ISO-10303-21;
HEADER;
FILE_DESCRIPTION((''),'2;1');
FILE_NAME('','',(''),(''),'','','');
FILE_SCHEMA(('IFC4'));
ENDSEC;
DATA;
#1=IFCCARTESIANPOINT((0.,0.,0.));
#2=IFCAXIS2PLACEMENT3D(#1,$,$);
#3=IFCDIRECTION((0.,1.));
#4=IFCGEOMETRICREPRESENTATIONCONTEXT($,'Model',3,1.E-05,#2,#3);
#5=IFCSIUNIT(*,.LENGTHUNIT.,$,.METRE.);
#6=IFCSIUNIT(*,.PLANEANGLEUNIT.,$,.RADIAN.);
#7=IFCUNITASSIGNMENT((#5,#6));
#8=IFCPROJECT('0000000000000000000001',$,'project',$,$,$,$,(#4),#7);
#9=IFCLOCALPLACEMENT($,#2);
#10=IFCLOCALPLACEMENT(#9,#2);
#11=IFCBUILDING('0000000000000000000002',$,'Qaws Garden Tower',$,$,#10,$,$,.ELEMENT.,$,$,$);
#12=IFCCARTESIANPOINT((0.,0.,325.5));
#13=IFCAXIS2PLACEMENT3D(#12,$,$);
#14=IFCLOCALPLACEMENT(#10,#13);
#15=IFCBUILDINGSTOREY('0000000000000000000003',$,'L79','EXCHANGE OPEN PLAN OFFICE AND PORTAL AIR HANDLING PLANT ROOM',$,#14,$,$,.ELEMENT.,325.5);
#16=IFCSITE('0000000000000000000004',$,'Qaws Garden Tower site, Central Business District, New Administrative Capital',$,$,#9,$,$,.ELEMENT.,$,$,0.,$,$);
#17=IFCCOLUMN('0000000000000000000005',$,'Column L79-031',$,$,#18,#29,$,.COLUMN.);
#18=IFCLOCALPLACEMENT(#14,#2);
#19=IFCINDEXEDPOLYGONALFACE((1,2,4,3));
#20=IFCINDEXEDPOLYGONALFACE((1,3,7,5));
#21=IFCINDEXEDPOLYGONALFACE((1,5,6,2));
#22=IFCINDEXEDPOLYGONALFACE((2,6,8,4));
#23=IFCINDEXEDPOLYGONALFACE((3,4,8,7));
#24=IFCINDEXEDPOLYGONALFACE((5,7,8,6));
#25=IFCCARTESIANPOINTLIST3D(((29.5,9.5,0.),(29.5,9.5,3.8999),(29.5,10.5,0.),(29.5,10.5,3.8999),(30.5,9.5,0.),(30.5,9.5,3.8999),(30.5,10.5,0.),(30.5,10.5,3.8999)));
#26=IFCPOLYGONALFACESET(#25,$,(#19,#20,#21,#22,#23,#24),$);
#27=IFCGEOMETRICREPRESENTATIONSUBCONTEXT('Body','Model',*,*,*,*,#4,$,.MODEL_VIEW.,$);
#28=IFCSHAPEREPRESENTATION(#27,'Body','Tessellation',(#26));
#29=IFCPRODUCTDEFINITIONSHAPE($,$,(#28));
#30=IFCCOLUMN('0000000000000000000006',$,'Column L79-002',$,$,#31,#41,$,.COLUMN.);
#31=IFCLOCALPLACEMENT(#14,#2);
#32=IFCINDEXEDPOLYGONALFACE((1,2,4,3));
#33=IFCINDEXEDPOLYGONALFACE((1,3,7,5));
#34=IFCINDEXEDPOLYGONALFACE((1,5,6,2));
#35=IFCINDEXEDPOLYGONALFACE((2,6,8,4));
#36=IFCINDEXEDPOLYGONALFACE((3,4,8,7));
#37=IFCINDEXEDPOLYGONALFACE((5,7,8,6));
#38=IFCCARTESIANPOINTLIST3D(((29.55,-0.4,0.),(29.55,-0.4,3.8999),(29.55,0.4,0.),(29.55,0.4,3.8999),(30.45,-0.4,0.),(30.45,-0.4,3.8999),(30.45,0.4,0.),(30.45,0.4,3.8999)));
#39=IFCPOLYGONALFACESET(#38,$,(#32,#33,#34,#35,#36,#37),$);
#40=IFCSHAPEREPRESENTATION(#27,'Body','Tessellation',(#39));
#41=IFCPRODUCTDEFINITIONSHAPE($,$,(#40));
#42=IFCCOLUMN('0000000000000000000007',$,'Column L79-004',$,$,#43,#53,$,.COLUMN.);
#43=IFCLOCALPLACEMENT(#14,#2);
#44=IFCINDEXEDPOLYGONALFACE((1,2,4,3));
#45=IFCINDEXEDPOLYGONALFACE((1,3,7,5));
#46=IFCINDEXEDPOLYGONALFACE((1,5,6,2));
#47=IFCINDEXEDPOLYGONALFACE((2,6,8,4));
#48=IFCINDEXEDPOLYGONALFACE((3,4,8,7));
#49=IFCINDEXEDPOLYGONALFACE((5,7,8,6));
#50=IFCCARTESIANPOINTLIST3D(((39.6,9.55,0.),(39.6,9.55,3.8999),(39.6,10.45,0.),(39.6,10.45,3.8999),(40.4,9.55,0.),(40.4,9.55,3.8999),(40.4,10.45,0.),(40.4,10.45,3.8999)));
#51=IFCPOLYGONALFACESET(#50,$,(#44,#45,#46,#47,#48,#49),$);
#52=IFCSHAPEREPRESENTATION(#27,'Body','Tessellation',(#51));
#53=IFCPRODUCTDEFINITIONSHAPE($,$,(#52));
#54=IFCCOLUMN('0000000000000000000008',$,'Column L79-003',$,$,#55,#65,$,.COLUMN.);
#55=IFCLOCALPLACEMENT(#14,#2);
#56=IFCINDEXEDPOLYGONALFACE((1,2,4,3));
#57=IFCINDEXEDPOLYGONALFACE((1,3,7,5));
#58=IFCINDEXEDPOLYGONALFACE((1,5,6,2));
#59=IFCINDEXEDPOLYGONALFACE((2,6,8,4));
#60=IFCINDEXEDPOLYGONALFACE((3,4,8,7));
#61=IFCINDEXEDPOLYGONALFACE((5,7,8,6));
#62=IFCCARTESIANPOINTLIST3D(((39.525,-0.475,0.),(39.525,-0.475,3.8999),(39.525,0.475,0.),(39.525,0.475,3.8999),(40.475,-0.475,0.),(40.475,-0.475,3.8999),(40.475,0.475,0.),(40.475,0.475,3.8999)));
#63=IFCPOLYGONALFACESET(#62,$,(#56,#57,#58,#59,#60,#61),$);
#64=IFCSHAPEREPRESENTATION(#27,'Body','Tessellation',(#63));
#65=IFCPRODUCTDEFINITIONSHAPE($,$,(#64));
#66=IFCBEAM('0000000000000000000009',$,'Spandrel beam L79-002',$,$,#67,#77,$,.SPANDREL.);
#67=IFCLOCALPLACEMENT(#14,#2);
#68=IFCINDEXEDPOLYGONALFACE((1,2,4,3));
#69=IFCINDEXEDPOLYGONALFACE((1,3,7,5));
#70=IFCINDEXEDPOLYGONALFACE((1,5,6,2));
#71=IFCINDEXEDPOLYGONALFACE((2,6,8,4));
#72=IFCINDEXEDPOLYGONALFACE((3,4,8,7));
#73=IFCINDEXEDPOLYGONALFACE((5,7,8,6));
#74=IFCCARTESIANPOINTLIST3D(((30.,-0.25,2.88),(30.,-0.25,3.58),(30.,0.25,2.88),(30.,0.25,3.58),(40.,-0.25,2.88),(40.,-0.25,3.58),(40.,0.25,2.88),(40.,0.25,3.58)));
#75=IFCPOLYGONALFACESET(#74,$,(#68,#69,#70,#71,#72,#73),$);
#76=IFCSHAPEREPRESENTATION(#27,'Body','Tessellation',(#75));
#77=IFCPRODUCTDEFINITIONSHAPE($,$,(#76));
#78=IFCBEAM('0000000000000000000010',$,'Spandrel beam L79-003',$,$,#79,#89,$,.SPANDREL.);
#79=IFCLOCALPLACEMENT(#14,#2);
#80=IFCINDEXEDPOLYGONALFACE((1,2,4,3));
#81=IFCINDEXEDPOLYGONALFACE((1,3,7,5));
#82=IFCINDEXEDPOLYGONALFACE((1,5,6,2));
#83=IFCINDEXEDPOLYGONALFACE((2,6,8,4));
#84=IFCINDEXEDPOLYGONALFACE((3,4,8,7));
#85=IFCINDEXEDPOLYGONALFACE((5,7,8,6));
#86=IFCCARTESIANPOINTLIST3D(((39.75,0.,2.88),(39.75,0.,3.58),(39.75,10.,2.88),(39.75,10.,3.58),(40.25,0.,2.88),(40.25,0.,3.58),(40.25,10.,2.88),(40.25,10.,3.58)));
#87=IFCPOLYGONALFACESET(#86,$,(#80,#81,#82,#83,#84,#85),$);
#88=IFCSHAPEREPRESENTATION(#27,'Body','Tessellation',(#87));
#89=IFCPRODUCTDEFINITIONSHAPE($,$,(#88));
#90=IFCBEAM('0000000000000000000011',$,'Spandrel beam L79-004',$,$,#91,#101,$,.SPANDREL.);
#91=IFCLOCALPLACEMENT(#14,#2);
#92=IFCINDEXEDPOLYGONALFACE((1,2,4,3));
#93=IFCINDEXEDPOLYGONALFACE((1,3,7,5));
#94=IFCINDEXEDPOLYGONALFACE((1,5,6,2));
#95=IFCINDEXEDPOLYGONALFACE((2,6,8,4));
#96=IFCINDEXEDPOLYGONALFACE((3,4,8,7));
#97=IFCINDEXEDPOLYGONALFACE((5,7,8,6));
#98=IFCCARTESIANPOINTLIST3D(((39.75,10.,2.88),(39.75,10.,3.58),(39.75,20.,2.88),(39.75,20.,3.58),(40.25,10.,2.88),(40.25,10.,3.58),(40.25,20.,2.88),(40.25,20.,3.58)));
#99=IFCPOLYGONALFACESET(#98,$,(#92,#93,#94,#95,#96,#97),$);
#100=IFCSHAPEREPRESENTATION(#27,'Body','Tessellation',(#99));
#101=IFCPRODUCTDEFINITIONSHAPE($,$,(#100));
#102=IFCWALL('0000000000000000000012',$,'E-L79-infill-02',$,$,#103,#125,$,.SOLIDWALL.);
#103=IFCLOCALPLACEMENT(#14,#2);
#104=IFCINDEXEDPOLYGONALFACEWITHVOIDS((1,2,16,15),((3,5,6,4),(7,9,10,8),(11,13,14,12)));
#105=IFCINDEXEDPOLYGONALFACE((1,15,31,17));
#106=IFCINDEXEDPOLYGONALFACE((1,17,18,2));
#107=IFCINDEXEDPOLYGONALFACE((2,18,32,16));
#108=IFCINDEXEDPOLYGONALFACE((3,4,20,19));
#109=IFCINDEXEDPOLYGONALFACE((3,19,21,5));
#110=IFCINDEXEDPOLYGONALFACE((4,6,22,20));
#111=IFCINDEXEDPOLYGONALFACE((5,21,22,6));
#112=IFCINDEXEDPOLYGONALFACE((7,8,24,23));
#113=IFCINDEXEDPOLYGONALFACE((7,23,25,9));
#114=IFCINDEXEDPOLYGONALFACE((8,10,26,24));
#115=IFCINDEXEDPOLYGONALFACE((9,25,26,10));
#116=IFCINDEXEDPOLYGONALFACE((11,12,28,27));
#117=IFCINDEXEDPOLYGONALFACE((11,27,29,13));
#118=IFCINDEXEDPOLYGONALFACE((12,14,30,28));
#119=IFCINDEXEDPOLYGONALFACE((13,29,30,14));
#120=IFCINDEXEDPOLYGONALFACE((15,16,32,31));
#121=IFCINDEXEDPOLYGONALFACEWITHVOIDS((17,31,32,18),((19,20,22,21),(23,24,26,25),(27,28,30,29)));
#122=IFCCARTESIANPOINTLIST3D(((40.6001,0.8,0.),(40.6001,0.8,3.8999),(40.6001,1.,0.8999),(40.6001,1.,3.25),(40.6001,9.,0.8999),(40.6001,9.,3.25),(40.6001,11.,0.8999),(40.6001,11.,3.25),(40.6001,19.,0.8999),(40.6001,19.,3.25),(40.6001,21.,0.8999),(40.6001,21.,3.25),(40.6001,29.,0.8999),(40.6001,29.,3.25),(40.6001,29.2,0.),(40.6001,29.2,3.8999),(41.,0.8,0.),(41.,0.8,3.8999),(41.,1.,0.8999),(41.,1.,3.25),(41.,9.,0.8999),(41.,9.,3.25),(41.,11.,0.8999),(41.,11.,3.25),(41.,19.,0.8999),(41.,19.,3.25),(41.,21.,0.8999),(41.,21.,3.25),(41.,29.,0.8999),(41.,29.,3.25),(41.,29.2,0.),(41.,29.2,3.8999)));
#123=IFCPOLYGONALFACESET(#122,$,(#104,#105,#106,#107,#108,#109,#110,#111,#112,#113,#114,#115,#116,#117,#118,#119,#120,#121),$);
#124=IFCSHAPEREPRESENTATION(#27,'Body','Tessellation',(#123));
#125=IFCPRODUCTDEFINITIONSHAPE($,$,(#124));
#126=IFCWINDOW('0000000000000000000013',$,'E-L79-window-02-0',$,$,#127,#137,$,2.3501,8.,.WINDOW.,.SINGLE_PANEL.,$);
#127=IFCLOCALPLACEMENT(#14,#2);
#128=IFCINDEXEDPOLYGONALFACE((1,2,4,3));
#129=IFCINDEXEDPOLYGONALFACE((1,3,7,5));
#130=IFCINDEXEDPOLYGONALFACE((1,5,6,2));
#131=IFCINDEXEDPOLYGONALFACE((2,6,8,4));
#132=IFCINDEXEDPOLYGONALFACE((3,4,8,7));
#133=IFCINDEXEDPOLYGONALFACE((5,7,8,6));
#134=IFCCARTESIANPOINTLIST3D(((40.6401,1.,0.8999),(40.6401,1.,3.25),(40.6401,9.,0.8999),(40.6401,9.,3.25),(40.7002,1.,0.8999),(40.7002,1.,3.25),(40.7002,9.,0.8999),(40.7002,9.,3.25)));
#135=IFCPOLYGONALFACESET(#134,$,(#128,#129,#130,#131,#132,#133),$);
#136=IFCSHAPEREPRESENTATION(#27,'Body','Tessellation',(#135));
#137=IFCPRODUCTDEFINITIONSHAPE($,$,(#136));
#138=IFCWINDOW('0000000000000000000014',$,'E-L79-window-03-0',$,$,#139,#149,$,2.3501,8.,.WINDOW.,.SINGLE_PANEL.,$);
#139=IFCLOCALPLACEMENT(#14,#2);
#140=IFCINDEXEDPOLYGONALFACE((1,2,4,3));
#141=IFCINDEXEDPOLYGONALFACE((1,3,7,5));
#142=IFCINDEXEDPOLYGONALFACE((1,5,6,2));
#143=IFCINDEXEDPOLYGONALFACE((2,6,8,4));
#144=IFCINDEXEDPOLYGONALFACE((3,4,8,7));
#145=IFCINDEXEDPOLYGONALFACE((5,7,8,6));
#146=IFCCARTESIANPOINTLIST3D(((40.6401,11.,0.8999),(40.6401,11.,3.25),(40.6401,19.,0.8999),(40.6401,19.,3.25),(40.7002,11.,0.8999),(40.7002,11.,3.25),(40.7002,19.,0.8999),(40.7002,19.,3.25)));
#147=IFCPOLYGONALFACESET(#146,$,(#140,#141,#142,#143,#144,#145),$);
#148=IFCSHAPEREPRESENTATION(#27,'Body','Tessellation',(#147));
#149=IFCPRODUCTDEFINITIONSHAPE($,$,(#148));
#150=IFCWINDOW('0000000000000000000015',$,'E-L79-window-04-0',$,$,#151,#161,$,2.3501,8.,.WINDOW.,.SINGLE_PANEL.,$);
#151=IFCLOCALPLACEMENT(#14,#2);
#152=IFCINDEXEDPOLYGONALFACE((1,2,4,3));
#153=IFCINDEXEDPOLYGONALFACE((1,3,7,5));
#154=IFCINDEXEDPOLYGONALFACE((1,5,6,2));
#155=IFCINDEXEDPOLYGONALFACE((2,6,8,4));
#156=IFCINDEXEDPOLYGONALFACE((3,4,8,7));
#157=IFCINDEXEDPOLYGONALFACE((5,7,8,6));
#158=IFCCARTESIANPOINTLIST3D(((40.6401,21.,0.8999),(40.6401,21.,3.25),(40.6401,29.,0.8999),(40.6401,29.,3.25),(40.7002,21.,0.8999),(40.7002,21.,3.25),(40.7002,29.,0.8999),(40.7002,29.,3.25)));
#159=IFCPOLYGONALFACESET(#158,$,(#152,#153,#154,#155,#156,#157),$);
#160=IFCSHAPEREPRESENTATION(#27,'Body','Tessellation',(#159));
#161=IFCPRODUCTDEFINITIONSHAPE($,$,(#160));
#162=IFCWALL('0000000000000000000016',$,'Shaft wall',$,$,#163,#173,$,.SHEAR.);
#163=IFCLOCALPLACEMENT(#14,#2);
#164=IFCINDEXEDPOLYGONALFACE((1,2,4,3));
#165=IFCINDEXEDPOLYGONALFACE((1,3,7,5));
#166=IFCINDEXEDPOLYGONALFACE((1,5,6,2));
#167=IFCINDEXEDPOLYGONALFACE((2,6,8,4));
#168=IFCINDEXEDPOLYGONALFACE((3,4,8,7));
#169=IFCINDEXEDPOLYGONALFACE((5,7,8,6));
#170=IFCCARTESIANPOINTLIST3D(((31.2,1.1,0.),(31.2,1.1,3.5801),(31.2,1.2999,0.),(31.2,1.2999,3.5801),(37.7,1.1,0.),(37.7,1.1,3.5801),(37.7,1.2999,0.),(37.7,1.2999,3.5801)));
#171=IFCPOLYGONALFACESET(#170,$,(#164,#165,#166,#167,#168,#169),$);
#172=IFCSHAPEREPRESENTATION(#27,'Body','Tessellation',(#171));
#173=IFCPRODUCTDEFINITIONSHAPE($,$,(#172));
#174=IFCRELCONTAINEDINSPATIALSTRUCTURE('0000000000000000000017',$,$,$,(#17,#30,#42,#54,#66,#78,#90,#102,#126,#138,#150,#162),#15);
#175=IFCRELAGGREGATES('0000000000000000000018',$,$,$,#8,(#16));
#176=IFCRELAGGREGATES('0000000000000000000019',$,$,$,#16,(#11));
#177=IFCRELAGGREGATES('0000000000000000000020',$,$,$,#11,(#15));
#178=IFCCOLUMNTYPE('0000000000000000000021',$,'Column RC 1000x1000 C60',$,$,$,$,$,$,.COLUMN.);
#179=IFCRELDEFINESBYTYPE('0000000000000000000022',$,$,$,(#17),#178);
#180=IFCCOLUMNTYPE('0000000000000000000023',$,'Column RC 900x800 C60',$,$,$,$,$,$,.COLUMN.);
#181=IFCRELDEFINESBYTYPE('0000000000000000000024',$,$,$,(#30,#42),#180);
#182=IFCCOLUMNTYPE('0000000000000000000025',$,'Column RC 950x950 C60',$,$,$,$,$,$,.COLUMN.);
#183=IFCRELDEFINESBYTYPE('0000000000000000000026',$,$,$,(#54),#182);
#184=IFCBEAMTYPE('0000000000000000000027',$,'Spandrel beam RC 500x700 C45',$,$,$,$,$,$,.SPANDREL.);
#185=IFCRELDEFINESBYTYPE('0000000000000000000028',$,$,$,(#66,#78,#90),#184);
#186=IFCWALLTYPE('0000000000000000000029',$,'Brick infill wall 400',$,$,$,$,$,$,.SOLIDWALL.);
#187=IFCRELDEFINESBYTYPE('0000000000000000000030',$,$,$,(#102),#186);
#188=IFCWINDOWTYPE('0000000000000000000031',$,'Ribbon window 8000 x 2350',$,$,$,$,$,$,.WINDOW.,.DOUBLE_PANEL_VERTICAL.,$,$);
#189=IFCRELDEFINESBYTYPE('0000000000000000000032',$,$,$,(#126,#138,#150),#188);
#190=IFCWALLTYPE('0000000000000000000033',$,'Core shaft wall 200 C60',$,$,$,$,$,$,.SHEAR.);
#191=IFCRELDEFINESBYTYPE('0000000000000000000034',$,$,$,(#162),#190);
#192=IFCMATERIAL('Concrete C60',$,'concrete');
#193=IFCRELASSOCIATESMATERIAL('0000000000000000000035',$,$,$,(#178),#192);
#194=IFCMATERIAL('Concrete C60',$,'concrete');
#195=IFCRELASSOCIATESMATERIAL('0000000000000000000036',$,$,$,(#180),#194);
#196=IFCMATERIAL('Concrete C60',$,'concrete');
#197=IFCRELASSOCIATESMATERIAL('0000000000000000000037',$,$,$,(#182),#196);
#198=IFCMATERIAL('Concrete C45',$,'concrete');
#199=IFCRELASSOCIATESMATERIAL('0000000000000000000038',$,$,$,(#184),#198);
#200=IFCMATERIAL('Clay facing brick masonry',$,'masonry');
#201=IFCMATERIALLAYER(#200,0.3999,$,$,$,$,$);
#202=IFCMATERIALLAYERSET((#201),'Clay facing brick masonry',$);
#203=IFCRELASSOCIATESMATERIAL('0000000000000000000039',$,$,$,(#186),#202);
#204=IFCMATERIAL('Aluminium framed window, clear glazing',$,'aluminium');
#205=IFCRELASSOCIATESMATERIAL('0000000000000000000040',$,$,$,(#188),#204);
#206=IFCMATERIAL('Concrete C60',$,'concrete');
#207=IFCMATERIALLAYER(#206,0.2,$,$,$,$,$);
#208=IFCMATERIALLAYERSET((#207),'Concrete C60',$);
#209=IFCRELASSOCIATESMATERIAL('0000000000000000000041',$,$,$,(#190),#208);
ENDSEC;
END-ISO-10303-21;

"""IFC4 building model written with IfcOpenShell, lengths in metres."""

from ifc_helpers import new_model, si_unit, direction, frame, frame_2d, origin, origin_2d, place, context, subcontext, project, spatial, rectangle, extrude, material, layer, layer_set, material_profile, profile_set, type_object, element, fill, save


model = new_model("IFC4")

# Units and contexts
model_context = context("Model", 3, precision=1e-05, world=origin(), true_north=direction((0.0, 1.0)))
body_context = subcontext(model_context, "Body", "Model", "MODEL_VIEW")
ifc_project = project(units=[si_unit("LENGTHUNIT", "METRE"), si_unit("PLANEANGLEUNIT", "RADIAN")], contexts=[model_context])

# Site, building, storey
site_placement = place(None, origin())
site = spatial("IfcSite", under=ifc_project, at=site_placement, Name="Qaws Garden Tower site, Central Business District, New Administrative Capital", CompositionType="ELEMENT", RefElevation=0.0)
building_placement = place(site_placement, origin())
building = spatial("IfcBuilding", under=site, at=building_placement, Name="Qaws Garden Tower", CompositionType="ELEMENT")
storey_placement = place(building_placement, frame((0.0, 0.0, 325.5)))
storey = spatial("IfcBuildingStorey", under=building, at=storey_placement, Name="L79", Description="EXCHANGE OPEN PLAN OFFICE AND PORTAL AIR HANDLING PLANT ROOM", CompositionType="ELEMENT", Elevation=325.5)

# Columns
ifc_material_1 = material(Name="Concrete C60", Category="concrete")
ifc_material_profile_1 = material_profile(ifc_material_1, rectangle(XDim=1.0, YDim=1.0, at=origin_2d()), Name="RC 1000x1000")
ifc_profile_set_1 = profile_set([ifc_material_profile_1], Name="Concrete C60")
column_type_1 = type_object("IfcColumnType", Name="Column RC 1000x1000 C60", PredefinedType="COLUMN", material=ifc_profile_set_1)
column_1_placement = place(storey_placement, frame((30.0, 10.0, 0.0), z_axis=(0.0, 0.0, 1.0), x_axis=(1.0, 0.0, 0.0)))
element("IfcColumn", 1, at=column_1_placement, inside=storey, type_object=column_type_1, Name="Column L79-031", PredefinedType="COLUMN", context=body_context, shape_type="SweptSolid", body=[
    extrude(rectangle(XDim=1.0, YDim=1.0, at=origin_2d()), origin(), (0.0, 0.0, 1.0), 3.8999),
])
ifc_material_2 = material(Name="Concrete C60", Category="concrete")
ifc_material_profile_2 = material_profile(ifc_material_2, rectangle(XDim=0.8999, YDim=0.8, at=origin_2d()), Name="RC 900x800")
ifc_profile_set_2 = profile_set([ifc_material_profile_2], Name="Concrete C60")
column_type_2 = type_object("IfcColumnType", Name="Column RC 900x800 C60", PredefinedType="COLUMN", material=ifc_profile_set_2)
for number, where, z_axis, x_axis, name in (
    (2, (30.0, 0.0, 0.0), (0.0, 0.0, 1.0), (1.0, 0.0, 0.0), "Column L79-002"),
    (3, (40.0, 10.0, 0.0), (0.0, 0.0, 1.0), (0.0, 1.0, 0.0), "Column L79-004"),
):
    element("IfcColumn", number, at=place(storey_placement, frame(where, z_axis=z_axis, x_axis=x_axis)), inside=storey, type_object=column_type_2, Name=name, PredefinedType="COLUMN", context=body_context, shape_type="SweptSolid", body=[
        extrude(rectangle(XDim=0.8999, YDim=0.8, at=origin_2d()), origin(), (0.0, 0.0, 1.0), 3.8999),
    ])
ifc_material_3 = material(Name="Concrete C60", Category="concrete")
ifc_material_profile_3 = material_profile(ifc_material_3, rectangle(XDim=0.95, YDim=0.95, at=origin_2d()), Name="RC 950x950")
ifc_profile_set_3 = profile_set([ifc_material_profile_3], Name="Concrete C60")
column_type_3 = type_object("IfcColumnType", Name="Column RC 950x950 C60", PredefinedType="COLUMN", material=ifc_profile_set_3)
column_2_placement = place(storey_placement, frame((40.0, 0.0, 0.0), z_axis=(0.0, 0.0, 1.0), x_axis=(1.0, 0.0, 0.0)))
element("IfcColumn", 4, at=column_2_placement, inside=storey, type_object=column_type_3, Name="Column L79-003", PredefinedType="COLUMN", context=body_context, shape_type="SweptSolid", body=[
    extrude(rectangle(XDim=0.95, YDim=0.95, at=origin_2d()), origin(), (0.0, 0.0, 1.0), 3.8999),
])

# Beams
ifc_material_4 = material(Name="Concrete C45", Category="concrete")
ifc_material_profile_4 = material_profile(ifc_material_4, rectangle(XDim=0.5, YDim=0.7, at=origin_2d()), Name="RC 500x700")
ifc_profile_set_4 = profile_set([ifc_material_profile_4], Name="Concrete C45")
beam_type = type_object("IfcBeamType", Name="Spandrel beam RC 500x700 C45", PredefinedType="SPANDREL", material=ifc_profile_set_4)
for number, where, z_axis, x_axis, name in (
    (5, (30.0, 0.0, 3.23), (1.0, 0.0, 0.0), (0.0, 1.0, 0.0), "Spandrel beam L79-002"),
    (6, (40.0, 0.0, 3.23), (0.0, 1.0, 0.0), (-1.0, 0.0, 0.0), "Spandrel beam L79-003"),
    (7, (40.0, 10.0, 3.23), (0.0, 1.0, 0.0), (-1.0, 0.0, 0.0), "Spandrel beam L79-004"),
):
    element("IfcBeam", number, at=place(storey_placement, frame(where, z_axis=z_axis, x_axis=x_axis)), inside=storey, type_object=beam_type, Name=name, PredefinedType="SPANDREL", context=body_context, shape_type="SweptSolid", body=[
        extrude(rectangle(XDim=0.5, YDim=0.7, at=origin_2d()), origin(), (0.0, 0.0, 1.0), 10.0),
    ])

# Wall, openings, windows
ifc_material_5 = material(Name="Clay facing brick masonry", Category="masonry")
ifc_layer_1 = layer(ifc_material_5, 0.3999)
ifc_layer_set_1 = layer_set([ifc_layer_1], Name="Clay facing brick masonry")
wall_type_1 = type_object("IfcWallType", Name="Brick infill wall 400", PredefinedType="SOLIDWALL", material=ifc_layer_set_1)
wall_1_placement = place(storey_placement, frame((40.8, 0.8, 0.0), z_axis=(0.0, 0.0, 1.0), x_axis=(0.0, 1.0, 0.0)))
wall_1 = element("IfcWall", 8, at=wall_1_placement, inside=storey, type_object=wall_type_1, Name="E-L79-infill-02", PredefinedType="SOLIDWALL", context=body_context, shape_type="SweptSolid", body=[
    extrude(rectangle(XDim=28.3999, YDim=0.3999, at=frame_2d((14.2, 0.0))), origin(), (0.0, 0.0, 1.0), 3.8999),
])
opening_1_placement = place(wall_1_placement, frame((0.2, 0.0, 0.8999)))
opening_1 = element("IfcOpeningElement", 9, at=opening_1_placement, cuts=wall_1, PredefinedType="OPENING", context=body_context, shape_type="SweptSolid", body=[
    extrude(rectangle(XDim=8.0, YDim=2.3501, at=frame_2d((4.0, 1.175))), frame((0.0, 0.21, 0.0), z_axis=(0.0, -1.0, 0.0), x_axis=(1.0, 0.0, 0.0)), (0.0, 0.0, 1.0), 0.4199),
])
opening_2_placement = place(wall_1_placement, frame((10.2, 0.0, 0.8999)))
opening_2 = element("IfcOpeningElement", 10, at=opening_2_placement, cuts=wall_1, PredefinedType="OPENING", context=body_context, shape_type="SweptSolid", body=[
    extrude(rectangle(XDim=8.0, YDim=2.3501, at=frame_2d((4.0, 1.175))), frame((0.0, 0.21, 0.0), z_axis=(0.0, -1.0, 0.0), x_axis=(1.0, 0.0, 0.0)), (0.0, 0.0, 1.0), 0.4199),
])
opening_3_placement = place(wall_1_placement, frame((20.2, 0.0, 0.8999)))
opening_3 = element("IfcOpeningElement", 11, at=opening_3_placement, cuts=wall_1, PredefinedType="OPENING", context=body_context, shape_type="SweptSolid", body=[
    extrude(rectangle(XDim=8.0, YDim=2.3501, at=frame_2d((4.0, 1.175))), frame((0.0, 0.21, 0.0), z_axis=(0.0, -1.0, 0.0), x_axis=(1.0, 0.0, 0.0)), (0.0, 0.0, 1.0), 0.4199),
])
ifc_material_6 = material(Name="Aluminium framed window, clear glazing", Category="aluminium")
window_type = type_object("IfcWindowType", Name="Ribbon window 8000 x 2350", PartitioningType="DOUBLE_PANEL_VERTICAL", PredefinedType="WINDOW", material=ifc_material_6)
window_1_placement = place(opening_1_placement, origin())
window_1 = element("IfcWindow", 12, at=window_1_placement, inside=storey, type_object=window_type, Name="E-L79-window-02-0", OverallHeight=2.3501, OverallWidth=8.0, PartitioningType="SINGLE_PANEL", PredefinedType="WINDOW", context=body_context, shape_type="SweptSolid", body=[
    extrude(rectangle(XDim=8.0, YDim=2.3501, at=frame_2d((4.0, 1.175))), frame((0.0, 0.1599, 0.0), z_axis=(0.0, -1.0, 0.0), x_axis=(1.0, 0.0, 0.0)), (0.0, 0.0, 1.0), 0.0601),
])
fill(opening_1, window_1)
window_2_placement = place(opening_2_placement, origin())
window_2 = element("IfcWindow", 13, at=window_2_placement, inside=storey, type_object=window_type, Name="E-L79-window-03-0", OverallHeight=2.3501, OverallWidth=8.0, PartitioningType="SINGLE_PANEL", PredefinedType="WINDOW", context=body_context, shape_type="SweptSolid", body=[
    extrude(rectangle(XDim=8.0, YDim=2.3501, at=frame_2d((4.0, 1.175))), frame((0.0, 0.1599, 0.0), z_axis=(0.0, -1.0, 0.0), x_axis=(1.0, 0.0, 0.0)), (0.0, 0.0, 1.0), 0.0601),
])
fill(opening_2, window_2)
window_3_placement = place(opening_3_placement, origin())
window_3 = element("IfcWindow", 14, at=window_3_placement, inside=storey, type_object=window_type, Name="E-L79-window-04-0", OverallHeight=2.3501, OverallWidth=8.0, PartitioningType="SINGLE_PANEL", PredefinedType="WINDOW", context=body_context, shape_type="SweptSolid", body=[
    extrude(rectangle(XDim=8.0, YDim=2.3501, at=frame_2d((4.0, 1.175))), frame((0.0, 0.1599, 0.0), z_axis=(0.0, -1.0, 0.0), x_axis=(1.0, 0.0, 0.0)), (0.0, 0.0, 1.0), 0.0601),
])
fill(opening_3, window_3)

# Wall
ifc_material_7 = material(Name="Concrete C60", Category="concrete")
ifc_layer_2 = layer(ifc_material_7, 0.2)
ifc_layer_set_2 = layer_set([ifc_layer_2], Name="Concrete C60")
wall_type_2 = type_object("IfcWallType", Name="Core shaft wall 200 C60", PredefinedType="SHEAR", material=ifc_layer_set_2)
wall_2_placement = place(storey_placement, frame((31.2, 1.2, 0.0), z_axis=(0.0, 0.0, 1.0), x_axis=(1.0, 0.0, 0.0)))
element("IfcWall", 15, at=wall_2_placement, inside=storey, type_object=wall_type_2, Name="Shaft wall", PredefinedType="SHEAR", context=body_context, shape_type="SweptSolid", body=[
    extrude(rectangle(XDim=6.5, YDim=0.2, at=frame_2d((3.25, 0.0))), origin(), (0.0, 0.0, 1.0), 3.5801),
])

save(model, "model.ifc")
